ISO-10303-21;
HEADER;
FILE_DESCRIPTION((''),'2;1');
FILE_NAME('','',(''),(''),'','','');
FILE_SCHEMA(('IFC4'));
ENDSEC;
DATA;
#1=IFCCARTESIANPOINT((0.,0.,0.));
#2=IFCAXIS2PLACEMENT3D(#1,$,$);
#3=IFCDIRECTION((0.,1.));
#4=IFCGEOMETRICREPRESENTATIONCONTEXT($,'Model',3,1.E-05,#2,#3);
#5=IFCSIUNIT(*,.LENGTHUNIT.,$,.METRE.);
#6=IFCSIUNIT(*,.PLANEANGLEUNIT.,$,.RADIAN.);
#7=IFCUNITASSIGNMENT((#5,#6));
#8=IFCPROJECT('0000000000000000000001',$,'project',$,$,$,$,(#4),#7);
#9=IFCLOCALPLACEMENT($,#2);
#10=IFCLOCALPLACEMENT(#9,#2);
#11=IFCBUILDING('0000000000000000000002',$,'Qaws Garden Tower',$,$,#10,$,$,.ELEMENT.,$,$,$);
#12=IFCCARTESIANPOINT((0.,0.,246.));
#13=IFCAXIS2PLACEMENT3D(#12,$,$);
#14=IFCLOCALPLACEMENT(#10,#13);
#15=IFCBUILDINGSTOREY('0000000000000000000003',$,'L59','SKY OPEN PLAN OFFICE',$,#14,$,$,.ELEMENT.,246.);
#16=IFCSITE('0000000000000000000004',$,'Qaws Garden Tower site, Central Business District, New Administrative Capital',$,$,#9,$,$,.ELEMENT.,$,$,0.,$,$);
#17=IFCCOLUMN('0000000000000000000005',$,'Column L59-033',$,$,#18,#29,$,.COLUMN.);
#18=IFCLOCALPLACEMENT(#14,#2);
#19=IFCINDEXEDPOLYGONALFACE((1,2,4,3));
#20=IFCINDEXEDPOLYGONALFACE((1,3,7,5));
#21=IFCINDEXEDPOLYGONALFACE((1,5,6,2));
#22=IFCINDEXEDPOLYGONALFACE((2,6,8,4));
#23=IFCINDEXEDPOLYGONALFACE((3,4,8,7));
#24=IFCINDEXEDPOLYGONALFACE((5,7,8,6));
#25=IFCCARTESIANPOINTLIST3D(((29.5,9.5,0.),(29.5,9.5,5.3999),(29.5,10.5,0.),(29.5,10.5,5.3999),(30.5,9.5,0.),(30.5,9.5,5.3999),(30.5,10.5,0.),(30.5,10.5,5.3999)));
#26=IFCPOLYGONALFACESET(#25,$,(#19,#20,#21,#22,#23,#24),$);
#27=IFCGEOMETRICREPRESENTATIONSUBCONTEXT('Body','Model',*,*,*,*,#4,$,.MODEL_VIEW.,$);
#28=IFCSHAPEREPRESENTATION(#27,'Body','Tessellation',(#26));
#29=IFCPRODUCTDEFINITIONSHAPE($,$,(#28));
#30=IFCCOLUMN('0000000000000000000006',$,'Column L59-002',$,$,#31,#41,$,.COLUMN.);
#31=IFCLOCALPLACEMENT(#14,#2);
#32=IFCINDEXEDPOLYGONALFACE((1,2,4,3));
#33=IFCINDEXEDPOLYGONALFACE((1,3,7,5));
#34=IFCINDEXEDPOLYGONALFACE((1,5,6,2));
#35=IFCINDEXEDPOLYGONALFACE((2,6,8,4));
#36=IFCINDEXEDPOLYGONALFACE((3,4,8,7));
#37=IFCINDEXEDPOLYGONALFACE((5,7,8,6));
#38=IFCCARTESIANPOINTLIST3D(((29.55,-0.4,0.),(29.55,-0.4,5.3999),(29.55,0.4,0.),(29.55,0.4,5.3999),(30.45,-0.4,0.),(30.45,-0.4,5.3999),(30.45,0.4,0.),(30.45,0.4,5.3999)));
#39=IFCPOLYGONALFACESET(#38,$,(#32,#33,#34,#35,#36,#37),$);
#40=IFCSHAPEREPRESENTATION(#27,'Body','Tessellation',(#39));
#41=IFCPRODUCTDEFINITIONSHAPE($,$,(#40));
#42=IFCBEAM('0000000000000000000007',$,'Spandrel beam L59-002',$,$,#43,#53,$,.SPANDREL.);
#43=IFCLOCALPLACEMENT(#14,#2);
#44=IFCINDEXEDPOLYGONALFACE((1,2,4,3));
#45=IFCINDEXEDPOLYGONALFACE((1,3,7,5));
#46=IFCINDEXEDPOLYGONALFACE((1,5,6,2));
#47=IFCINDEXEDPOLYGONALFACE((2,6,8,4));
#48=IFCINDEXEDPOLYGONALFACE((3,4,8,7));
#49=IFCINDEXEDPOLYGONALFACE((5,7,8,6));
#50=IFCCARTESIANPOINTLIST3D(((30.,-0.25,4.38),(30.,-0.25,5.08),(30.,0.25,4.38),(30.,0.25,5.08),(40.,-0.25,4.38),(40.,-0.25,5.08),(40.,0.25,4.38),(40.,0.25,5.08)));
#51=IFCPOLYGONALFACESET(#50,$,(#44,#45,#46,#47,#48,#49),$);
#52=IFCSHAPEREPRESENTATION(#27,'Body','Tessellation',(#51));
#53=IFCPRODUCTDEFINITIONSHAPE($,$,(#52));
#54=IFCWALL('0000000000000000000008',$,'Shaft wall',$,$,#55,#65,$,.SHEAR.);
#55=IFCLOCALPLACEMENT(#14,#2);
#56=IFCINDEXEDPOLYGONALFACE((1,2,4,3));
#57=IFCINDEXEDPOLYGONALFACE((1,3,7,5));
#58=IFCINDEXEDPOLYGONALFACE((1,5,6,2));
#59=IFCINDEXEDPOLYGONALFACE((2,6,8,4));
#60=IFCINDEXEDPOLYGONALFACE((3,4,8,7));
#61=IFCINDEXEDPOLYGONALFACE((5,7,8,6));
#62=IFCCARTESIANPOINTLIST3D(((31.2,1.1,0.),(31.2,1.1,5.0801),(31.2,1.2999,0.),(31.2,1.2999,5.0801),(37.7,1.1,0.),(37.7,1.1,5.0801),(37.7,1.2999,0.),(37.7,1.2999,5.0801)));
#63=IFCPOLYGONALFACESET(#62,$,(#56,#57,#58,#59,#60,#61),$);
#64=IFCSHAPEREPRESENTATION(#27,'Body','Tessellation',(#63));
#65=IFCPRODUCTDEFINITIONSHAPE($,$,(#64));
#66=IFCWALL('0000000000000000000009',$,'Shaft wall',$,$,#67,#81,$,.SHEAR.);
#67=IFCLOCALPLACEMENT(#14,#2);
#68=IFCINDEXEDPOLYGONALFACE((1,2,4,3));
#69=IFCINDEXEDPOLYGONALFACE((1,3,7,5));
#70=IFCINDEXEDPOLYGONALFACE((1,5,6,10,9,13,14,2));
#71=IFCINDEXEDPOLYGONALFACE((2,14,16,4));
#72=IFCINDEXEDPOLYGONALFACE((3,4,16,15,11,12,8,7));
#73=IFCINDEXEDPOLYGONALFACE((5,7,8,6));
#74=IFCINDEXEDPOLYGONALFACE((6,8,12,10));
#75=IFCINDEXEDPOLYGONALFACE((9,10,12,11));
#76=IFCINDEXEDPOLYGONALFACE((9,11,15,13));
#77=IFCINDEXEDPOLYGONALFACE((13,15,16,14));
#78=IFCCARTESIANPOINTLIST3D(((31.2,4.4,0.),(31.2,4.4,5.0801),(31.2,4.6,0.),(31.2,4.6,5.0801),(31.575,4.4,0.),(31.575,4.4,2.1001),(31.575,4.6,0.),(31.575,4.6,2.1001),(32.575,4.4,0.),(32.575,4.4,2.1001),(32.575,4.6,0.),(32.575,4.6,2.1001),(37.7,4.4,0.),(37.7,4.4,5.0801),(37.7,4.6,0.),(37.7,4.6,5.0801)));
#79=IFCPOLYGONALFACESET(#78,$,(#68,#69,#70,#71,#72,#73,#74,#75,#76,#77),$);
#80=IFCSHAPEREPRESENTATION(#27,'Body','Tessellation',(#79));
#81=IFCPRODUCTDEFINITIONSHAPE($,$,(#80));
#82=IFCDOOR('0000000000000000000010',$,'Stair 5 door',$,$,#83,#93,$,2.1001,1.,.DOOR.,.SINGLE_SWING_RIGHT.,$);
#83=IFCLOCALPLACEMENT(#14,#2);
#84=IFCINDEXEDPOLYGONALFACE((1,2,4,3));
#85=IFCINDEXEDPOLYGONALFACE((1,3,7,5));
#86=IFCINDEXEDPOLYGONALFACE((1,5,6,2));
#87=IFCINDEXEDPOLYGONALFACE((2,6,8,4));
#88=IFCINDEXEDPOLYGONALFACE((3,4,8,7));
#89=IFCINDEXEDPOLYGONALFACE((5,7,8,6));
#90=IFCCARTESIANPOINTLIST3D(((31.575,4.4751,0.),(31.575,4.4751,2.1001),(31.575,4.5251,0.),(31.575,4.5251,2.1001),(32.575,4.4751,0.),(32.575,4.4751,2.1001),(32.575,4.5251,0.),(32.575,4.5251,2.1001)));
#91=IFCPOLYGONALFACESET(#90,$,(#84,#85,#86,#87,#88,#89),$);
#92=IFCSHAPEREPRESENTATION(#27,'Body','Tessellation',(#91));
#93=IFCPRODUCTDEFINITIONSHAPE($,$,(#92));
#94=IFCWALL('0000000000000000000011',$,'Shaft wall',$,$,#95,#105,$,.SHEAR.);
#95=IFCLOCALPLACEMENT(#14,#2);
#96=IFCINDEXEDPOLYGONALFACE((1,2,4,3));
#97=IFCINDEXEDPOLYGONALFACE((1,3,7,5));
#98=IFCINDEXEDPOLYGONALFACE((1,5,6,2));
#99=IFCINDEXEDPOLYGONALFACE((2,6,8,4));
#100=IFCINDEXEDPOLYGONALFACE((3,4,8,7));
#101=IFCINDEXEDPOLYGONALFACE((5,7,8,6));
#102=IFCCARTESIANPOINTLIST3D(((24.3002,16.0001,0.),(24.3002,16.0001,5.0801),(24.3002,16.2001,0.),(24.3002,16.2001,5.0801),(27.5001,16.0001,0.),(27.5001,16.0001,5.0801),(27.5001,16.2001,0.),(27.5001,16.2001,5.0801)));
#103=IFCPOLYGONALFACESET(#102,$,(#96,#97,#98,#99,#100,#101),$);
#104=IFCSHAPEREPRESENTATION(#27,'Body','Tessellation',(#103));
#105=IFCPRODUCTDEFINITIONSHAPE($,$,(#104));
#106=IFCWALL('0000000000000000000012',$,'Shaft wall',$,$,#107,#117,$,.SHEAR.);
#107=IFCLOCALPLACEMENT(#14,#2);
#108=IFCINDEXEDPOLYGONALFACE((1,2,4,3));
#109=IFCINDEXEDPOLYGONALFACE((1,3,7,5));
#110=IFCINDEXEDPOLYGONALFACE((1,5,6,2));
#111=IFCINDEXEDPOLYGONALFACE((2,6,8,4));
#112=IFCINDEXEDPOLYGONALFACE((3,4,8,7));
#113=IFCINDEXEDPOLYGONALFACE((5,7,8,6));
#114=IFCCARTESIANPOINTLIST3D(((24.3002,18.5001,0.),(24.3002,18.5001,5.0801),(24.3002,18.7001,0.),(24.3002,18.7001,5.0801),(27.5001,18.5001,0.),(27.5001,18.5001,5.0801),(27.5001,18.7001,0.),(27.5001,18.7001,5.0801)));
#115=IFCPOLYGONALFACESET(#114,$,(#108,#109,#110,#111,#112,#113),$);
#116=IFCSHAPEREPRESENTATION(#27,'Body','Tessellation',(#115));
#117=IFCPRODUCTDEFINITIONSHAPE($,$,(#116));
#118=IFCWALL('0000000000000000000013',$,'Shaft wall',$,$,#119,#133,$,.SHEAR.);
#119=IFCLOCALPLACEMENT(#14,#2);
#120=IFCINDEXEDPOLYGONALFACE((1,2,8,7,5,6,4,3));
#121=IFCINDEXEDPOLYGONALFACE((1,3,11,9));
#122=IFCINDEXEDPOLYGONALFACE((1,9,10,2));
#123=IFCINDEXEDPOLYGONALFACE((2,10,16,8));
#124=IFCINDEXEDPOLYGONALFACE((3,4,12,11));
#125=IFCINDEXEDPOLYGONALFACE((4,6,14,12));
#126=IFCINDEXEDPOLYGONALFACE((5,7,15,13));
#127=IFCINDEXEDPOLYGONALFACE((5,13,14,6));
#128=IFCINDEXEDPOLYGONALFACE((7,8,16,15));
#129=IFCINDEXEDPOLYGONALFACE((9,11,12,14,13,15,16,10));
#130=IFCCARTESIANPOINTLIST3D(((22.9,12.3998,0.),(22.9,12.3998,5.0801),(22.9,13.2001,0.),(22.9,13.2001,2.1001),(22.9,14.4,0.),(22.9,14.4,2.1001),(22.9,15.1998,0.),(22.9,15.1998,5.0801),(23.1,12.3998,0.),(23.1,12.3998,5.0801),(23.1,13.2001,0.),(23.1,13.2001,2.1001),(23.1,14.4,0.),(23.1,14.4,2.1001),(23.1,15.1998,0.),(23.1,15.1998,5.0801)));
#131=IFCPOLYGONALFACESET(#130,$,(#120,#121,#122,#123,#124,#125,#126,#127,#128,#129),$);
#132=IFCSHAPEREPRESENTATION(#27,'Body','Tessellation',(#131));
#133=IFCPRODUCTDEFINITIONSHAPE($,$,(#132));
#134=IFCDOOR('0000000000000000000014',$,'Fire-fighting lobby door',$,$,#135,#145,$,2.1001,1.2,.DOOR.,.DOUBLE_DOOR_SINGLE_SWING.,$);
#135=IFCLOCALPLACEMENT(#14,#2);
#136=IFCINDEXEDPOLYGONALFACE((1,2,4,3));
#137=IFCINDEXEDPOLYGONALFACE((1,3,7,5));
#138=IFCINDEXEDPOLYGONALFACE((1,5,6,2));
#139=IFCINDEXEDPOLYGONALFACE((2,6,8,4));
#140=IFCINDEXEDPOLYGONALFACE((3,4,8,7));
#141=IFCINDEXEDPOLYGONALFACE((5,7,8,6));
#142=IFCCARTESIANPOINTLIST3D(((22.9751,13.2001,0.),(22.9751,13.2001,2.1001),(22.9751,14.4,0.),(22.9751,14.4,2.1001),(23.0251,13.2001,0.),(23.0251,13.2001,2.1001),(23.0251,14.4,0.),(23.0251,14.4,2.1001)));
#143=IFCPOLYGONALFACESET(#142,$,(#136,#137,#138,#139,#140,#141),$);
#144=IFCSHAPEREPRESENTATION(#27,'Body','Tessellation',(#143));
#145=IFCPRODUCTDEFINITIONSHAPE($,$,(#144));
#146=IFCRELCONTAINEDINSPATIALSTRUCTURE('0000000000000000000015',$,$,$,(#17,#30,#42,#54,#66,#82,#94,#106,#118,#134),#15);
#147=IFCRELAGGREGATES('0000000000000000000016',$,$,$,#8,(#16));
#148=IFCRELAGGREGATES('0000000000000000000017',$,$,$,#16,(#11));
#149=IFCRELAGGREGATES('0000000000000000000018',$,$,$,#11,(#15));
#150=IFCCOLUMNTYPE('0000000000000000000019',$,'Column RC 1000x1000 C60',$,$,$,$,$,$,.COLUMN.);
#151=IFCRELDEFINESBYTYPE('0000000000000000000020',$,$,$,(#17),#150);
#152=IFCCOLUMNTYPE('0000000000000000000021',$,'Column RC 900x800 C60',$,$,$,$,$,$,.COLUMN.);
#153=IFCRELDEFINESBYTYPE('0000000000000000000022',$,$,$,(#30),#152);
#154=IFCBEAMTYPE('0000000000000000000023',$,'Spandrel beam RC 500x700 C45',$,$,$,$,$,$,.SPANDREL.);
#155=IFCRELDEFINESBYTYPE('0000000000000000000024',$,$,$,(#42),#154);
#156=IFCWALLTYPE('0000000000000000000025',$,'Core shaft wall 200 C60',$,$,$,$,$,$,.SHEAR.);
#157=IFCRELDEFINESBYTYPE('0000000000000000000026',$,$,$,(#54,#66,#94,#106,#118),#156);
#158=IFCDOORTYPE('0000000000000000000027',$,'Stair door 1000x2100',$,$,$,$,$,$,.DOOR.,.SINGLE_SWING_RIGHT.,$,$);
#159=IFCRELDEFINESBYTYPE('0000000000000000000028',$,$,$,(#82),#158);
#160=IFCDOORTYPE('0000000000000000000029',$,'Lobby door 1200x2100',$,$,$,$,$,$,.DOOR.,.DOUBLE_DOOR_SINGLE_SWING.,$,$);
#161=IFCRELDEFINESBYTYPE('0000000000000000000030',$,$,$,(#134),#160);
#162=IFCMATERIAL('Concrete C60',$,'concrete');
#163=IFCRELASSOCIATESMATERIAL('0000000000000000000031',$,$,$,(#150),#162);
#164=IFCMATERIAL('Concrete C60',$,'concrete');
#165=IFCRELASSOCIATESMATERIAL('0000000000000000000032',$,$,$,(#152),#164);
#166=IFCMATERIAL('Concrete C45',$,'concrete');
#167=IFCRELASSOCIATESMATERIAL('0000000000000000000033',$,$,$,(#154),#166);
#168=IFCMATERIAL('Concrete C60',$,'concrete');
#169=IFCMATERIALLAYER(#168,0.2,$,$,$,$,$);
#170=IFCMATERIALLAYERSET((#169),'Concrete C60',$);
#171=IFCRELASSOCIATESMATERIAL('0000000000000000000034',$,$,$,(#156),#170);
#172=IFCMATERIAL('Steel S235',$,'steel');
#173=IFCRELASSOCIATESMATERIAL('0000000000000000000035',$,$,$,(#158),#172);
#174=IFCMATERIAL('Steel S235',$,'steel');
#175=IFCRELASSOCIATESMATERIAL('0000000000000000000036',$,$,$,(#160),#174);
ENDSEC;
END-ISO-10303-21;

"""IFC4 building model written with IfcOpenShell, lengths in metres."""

from ifc_helpers import new_model, si_unit, direction, frame, frame_2d, origin, origin_2d, place, context, subcontext, project, spatial, rectangle, extrude, material, layer, layer_set, material_profile, profile_set, type_object, element, fill, save


model = new_model("IFC4")

# Units and contexts
model_context = context("Model", 3, precision=1e-05, world=origin(), true_north=direction((0.0, 1.0)))
body_context = subcontext(model_context, "Body", "Model", "MODEL_VIEW")
ifc_project = project(units=[si_unit("LENGTHUNIT", "METRE"), si_unit("PLANEANGLEUNIT", "RADIAN")], contexts=[model_context])

# Site, building, storey
site_placement = place(None, origin())
site = spatial("IfcSite", under=ifc_project, at=site_placement, Name="Qaws Garden Tower site, Central Business District, New Administrative Capital", CompositionType="ELEMENT", RefElevation=0.0)
building_placement = place(site_placement, origin())
building = spatial("IfcBuilding", under=site, at=building_placement, Name="Qaws Garden Tower", CompositionType="ELEMENT")
storey_placement = place(building_placement, frame((0.0, 0.0, 246.0)))
storey = spatial("IfcBuildingStorey", under=building, at=storey_placement, Name="L59", Description="SKY OPEN PLAN OFFICE", CompositionType="ELEMENT", Elevation=246.0)

# Columns
ifc_material_1 = material(Name="Concrete C60", Category="concrete")
ifc_material_profile_1 = material_profile(ifc_material_1, rectangle(XDim=1.0, YDim=1.0, at=origin_2d()), Name="RC 1000x1000")
ifc_profile_set_1 = profile_set([ifc_material_profile_1], Name="Concrete C60")
column_type_1 = type_object("IfcColumnType", Name="Column RC 1000x1000 C60", PredefinedType="COLUMN", material=ifc_profile_set_1)
column_1_placement = place(storey_placement, frame((30.0, 10.0, 0.0), z_axis=(0.0, 0.0, 1.0), x_axis=(1.0, 0.0, 0.0)))
element("IfcColumn", 1, at=column_1_placement, inside=storey, type_object=column_type_1, Name="Column L59-033", PredefinedType="COLUMN", context=body_context, shape_type="SweptSolid", body=[
    extrude(rectangle(XDim=1.0, YDim=1.0, at=origin_2d()), origin(), (0.0, 0.0, 1.0), 5.3999),
])
ifc_material_2 = material(Name="Concrete C60", Category="concrete")
ifc_material_profile_2 = material_profile(ifc_material_2, rectangle(XDim=0.8999, YDim=0.8, at=origin_2d()), Name="RC 900x800")
ifc_profile_set_2 = profile_set([ifc_material_profile_2], Name="Concrete C60")
column_type_2 = type_object("IfcColumnType", Name="Column RC 900x800 C60", PredefinedType="COLUMN", material=ifc_profile_set_2)
column_2_placement = place(storey_placement, frame((30.0, 0.0, 0.0), z_axis=(0.0, 0.0, 1.0), x_axis=(1.0, 0.0, 0.0)))
element("IfcColumn", 2, at=column_2_placement, inside=storey, type_object=column_type_2, Name="Column L59-002", PredefinedType="COLUMN", context=body_context, shape_type="SweptSolid", body=[
    extrude(rectangle(XDim=0.8999, YDim=0.8, at=origin_2d()), origin(), (0.0, 0.0, 1.0), 5.3999),
])

# Beam
ifc_material_3 = material(Name="Concrete C45", Category="concrete")
ifc_material_profile_3 = material_profile(ifc_material_3, rectangle(XDim=0.5, YDim=0.7, at=origin_2d()), Name="RC 500x700")
ifc_profile_set_3 = profile_set([ifc_material_profile_3], Name="Concrete C45")
beam_type = type_object("IfcBeamType", Name="Spandrel beam RC 500x700 C45", PredefinedType="SPANDREL", material=ifc_profile_set_3)
beam_placement = place(storey_placement, frame((30.0, 0.0, 4.73), z_axis=(1.0, 0.0, 0.0), x_axis=(0.0, 1.0, 0.0)))
element("IfcBeam", 3, at=beam_placement, inside=storey, type_object=beam_type, Name="Spandrel beam L59-002", PredefinedType="SPANDREL", context=body_context, shape_type="SweptSolid", body=[
    extrude(rectangle(XDim=0.5, YDim=0.7, at=origin_2d()), origin(), (0.0, 0.0, 1.0), 10.0),
])

# Wall
ifc_material_4 = material(Name="Concrete C60", Category="concrete")
ifc_layer_1 = layer(ifc_material_4, 0.2)
ifc_layer_set_1 = layer_set([ifc_layer_1], Name="Concrete C60")
wall_type_1 = type_object("IfcWallType", Name="Core shaft wall 200 C60", PredefinedType="SHEAR", material=ifc_layer_set_1)
wall_1_placement = place(storey_placement, frame((31.2, 1.2, 0.0), z_axis=(0.0, 0.0, 1.0), x_axis=(1.0, 0.0, 0.0)))
element("IfcWall", 4, at=wall_1_placement, inside=storey, type_object=wall_type_1, Name="Shaft wall", PredefinedType="SHEAR", context=body_context, shape_type="SweptSolid", body=[
    extrude(rectangle(XDim=6.5, YDim=0.2, at=frame_2d((3.25, 0.0))), origin(), (0.0, 0.0, 1.0), 5.0801),
])

# Wall, opening, door
wall_2_placement = place(storey_placement, frame((31.2, 4.5, 0.0), z_axis=(0.0, 0.0, 1.0), x_axis=(1.0, 0.0, 0.0)))
wall_2 = element("IfcWall", 5, at=wall_2_placement, inside=storey, type_object=wall_type_1, Name="Shaft wall", PredefinedType="SHEAR", context=body_context, shape_type="SweptSolid", body=[
    extrude(rectangle(XDim=6.5, YDim=0.2, at=frame_2d((3.25, 0.0))), origin(), (0.0, 0.0, 1.0), 5.0801),
])
opening_1_placement = place(wall_2_placement, frame((0.375, 0.0, 0.0)))
opening_1 = element("IfcOpeningElement", 6, at=opening_1_placement, cuts=wall_2, PredefinedType="OPENING", context=body_context, shape_type="SweptSolid", body=[
    extrude(rectangle(XDim=1.0, YDim=2.1001, at=frame_2d((0.5, 1.05))), frame((0.0, 0.1099, 0.0), z_axis=(0.0, -1.0, 0.0), x_axis=(1.0, 0.0, 0.0)), (0.0, 0.0, 1.0), 0.22),
])
ifc_material_5 = material(Name="Steel S235", Category="steel")
door_type_1 = type_object("IfcDoorType", Name="Stair door 1000x2100", OperationType="SINGLE_SWING_RIGHT", PredefinedType="DOOR", material=ifc_material_5)
door_1_placement = place(opening_1_placement, frame((1.0, 0.0, 0.0), z_axis=(0.0, 0.0, 1.0), x_axis=(-1.0, 0.0, 0.0)))
door_1 = element("IfcDoor", 7, at=door_1_placement, inside=storey, type_object=door_type_1, Name="Stair 5 door", OperationType="SINGLE_SWING_RIGHT", OverallHeight=2.1001, OverallWidth=1.0, PredefinedType="DOOR", context=body_context, shape_type="SweptSolid", body=[
    extrude(rectangle(XDim=1.0, YDim=2.1001, at=frame_2d((0.5, 1.05))), frame((0.0, 0.0249, 0.0), z_axis=(0.0, -1.0, 0.0), x_axis=(1.0, 0.0, 0.0)), (0.0, 0.0, 1.0), 0.05),
])
fill(opening_1, door_1)

# Walls
for number, where, z_axis, x_axis, name in (
    (8, (24.3, 16.1001, 0.0), (0.0, 0.0, 1.0), (1.0, 0.0, 0.0), "Shaft wall"),
    (9, (24.3, 18.6001, 0.0), (0.0, 0.0, 1.0), (1.0, 0.0, 0.0), "Shaft wall"),
):
    element("IfcWall", number, at=place(storey_placement, frame(where, z_axis=z_axis, x_axis=x_axis)), inside=storey, type_object=wall_type_1, Name=name, PredefinedType="SHEAR", context=body_context, shape_type="SweptSolid", body=[
        extrude(rectangle(XDim=3.2, YDim=0.2, at=frame_2d((1.6001, 0.0))), origin(), (0.0, 0.0, 1.0), 5.0801),
    ])

# Wall, opening, door
wall_3_placement = place(storey_placement, frame((23.0, 12.3999, 0.0), z_axis=(0.0, 0.0, 1.0), x_axis=(0.0, 1.0, 0.0)))
wall_3 = element("IfcWall", 10, at=wall_3_placement, inside=storey, type_object=wall_type_1, Name="Shaft wall", PredefinedType="SHEAR", context=body_context, shape_type="SweptSolid", body=[
    extrude(rectangle(XDim=2.8, YDim=0.2, at=frame_2d((1.3999, 0.0))), origin(), (0.0, 0.0, 1.0), 5.0801),
])
opening_2_placement = place(wall_3_placement, frame((0.8, 0.0, 0.0)))
opening_2 = element("IfcOpeningElement", 11, at=opening_2_placement, cuts=wall_3, PredefinedType="OPENING", context=body_context, shape_type="SweptSolid", body=[
    extrude(rectangle(XDim=1.2, YDim=2.1001, at=frame_2d((0.6001, 1.05))), frame((0.0, 0.1099, 0.0), z_axis=(0.0, -1.0, 0.0), x_axis=(1.0, 0.0, 0.0)), (0.0, 0.0, 1.0), 0.22),
])
ifc_material_6 = material(Name="Steel S235", Category="steel")
door_type_2 = type_object("IfcDoorType", Name="Lobby door 1200x2100", OperationType="DOUBLE_DOOR_SINGLE_SWING", PredefinedType="DOOR", material=ifc_material_6)
door_2_placement = place(opening_2_placement, origin())
door_2 = element("IfcDoor", 12, at=door_2_placement, inside=storey, type_object=door_type_2, Name="Fire-fighting lobby door", OperationType="DOUBLE_DOOR_SINGLE_SWING", OverallHeight=2.1001, OverallWidth=1.2, PredefinedType="DOOR", context=body_context, shape_type="SweptSolid", body=[
    extrude(rectangle(XDim=1.2, YDim=2.1001, at=frame_2d((0.6001, 1.05))), frame((0.0, 0.0249, 0.0), z_axis=(0.0, -1.0, 0.0), x_axis=(1.0, 0.0, 0.0)), (0.0, 0.0, 1.0), 0.05),
])
fill(opening_2, door_2)

save(model, "model.ifc")
